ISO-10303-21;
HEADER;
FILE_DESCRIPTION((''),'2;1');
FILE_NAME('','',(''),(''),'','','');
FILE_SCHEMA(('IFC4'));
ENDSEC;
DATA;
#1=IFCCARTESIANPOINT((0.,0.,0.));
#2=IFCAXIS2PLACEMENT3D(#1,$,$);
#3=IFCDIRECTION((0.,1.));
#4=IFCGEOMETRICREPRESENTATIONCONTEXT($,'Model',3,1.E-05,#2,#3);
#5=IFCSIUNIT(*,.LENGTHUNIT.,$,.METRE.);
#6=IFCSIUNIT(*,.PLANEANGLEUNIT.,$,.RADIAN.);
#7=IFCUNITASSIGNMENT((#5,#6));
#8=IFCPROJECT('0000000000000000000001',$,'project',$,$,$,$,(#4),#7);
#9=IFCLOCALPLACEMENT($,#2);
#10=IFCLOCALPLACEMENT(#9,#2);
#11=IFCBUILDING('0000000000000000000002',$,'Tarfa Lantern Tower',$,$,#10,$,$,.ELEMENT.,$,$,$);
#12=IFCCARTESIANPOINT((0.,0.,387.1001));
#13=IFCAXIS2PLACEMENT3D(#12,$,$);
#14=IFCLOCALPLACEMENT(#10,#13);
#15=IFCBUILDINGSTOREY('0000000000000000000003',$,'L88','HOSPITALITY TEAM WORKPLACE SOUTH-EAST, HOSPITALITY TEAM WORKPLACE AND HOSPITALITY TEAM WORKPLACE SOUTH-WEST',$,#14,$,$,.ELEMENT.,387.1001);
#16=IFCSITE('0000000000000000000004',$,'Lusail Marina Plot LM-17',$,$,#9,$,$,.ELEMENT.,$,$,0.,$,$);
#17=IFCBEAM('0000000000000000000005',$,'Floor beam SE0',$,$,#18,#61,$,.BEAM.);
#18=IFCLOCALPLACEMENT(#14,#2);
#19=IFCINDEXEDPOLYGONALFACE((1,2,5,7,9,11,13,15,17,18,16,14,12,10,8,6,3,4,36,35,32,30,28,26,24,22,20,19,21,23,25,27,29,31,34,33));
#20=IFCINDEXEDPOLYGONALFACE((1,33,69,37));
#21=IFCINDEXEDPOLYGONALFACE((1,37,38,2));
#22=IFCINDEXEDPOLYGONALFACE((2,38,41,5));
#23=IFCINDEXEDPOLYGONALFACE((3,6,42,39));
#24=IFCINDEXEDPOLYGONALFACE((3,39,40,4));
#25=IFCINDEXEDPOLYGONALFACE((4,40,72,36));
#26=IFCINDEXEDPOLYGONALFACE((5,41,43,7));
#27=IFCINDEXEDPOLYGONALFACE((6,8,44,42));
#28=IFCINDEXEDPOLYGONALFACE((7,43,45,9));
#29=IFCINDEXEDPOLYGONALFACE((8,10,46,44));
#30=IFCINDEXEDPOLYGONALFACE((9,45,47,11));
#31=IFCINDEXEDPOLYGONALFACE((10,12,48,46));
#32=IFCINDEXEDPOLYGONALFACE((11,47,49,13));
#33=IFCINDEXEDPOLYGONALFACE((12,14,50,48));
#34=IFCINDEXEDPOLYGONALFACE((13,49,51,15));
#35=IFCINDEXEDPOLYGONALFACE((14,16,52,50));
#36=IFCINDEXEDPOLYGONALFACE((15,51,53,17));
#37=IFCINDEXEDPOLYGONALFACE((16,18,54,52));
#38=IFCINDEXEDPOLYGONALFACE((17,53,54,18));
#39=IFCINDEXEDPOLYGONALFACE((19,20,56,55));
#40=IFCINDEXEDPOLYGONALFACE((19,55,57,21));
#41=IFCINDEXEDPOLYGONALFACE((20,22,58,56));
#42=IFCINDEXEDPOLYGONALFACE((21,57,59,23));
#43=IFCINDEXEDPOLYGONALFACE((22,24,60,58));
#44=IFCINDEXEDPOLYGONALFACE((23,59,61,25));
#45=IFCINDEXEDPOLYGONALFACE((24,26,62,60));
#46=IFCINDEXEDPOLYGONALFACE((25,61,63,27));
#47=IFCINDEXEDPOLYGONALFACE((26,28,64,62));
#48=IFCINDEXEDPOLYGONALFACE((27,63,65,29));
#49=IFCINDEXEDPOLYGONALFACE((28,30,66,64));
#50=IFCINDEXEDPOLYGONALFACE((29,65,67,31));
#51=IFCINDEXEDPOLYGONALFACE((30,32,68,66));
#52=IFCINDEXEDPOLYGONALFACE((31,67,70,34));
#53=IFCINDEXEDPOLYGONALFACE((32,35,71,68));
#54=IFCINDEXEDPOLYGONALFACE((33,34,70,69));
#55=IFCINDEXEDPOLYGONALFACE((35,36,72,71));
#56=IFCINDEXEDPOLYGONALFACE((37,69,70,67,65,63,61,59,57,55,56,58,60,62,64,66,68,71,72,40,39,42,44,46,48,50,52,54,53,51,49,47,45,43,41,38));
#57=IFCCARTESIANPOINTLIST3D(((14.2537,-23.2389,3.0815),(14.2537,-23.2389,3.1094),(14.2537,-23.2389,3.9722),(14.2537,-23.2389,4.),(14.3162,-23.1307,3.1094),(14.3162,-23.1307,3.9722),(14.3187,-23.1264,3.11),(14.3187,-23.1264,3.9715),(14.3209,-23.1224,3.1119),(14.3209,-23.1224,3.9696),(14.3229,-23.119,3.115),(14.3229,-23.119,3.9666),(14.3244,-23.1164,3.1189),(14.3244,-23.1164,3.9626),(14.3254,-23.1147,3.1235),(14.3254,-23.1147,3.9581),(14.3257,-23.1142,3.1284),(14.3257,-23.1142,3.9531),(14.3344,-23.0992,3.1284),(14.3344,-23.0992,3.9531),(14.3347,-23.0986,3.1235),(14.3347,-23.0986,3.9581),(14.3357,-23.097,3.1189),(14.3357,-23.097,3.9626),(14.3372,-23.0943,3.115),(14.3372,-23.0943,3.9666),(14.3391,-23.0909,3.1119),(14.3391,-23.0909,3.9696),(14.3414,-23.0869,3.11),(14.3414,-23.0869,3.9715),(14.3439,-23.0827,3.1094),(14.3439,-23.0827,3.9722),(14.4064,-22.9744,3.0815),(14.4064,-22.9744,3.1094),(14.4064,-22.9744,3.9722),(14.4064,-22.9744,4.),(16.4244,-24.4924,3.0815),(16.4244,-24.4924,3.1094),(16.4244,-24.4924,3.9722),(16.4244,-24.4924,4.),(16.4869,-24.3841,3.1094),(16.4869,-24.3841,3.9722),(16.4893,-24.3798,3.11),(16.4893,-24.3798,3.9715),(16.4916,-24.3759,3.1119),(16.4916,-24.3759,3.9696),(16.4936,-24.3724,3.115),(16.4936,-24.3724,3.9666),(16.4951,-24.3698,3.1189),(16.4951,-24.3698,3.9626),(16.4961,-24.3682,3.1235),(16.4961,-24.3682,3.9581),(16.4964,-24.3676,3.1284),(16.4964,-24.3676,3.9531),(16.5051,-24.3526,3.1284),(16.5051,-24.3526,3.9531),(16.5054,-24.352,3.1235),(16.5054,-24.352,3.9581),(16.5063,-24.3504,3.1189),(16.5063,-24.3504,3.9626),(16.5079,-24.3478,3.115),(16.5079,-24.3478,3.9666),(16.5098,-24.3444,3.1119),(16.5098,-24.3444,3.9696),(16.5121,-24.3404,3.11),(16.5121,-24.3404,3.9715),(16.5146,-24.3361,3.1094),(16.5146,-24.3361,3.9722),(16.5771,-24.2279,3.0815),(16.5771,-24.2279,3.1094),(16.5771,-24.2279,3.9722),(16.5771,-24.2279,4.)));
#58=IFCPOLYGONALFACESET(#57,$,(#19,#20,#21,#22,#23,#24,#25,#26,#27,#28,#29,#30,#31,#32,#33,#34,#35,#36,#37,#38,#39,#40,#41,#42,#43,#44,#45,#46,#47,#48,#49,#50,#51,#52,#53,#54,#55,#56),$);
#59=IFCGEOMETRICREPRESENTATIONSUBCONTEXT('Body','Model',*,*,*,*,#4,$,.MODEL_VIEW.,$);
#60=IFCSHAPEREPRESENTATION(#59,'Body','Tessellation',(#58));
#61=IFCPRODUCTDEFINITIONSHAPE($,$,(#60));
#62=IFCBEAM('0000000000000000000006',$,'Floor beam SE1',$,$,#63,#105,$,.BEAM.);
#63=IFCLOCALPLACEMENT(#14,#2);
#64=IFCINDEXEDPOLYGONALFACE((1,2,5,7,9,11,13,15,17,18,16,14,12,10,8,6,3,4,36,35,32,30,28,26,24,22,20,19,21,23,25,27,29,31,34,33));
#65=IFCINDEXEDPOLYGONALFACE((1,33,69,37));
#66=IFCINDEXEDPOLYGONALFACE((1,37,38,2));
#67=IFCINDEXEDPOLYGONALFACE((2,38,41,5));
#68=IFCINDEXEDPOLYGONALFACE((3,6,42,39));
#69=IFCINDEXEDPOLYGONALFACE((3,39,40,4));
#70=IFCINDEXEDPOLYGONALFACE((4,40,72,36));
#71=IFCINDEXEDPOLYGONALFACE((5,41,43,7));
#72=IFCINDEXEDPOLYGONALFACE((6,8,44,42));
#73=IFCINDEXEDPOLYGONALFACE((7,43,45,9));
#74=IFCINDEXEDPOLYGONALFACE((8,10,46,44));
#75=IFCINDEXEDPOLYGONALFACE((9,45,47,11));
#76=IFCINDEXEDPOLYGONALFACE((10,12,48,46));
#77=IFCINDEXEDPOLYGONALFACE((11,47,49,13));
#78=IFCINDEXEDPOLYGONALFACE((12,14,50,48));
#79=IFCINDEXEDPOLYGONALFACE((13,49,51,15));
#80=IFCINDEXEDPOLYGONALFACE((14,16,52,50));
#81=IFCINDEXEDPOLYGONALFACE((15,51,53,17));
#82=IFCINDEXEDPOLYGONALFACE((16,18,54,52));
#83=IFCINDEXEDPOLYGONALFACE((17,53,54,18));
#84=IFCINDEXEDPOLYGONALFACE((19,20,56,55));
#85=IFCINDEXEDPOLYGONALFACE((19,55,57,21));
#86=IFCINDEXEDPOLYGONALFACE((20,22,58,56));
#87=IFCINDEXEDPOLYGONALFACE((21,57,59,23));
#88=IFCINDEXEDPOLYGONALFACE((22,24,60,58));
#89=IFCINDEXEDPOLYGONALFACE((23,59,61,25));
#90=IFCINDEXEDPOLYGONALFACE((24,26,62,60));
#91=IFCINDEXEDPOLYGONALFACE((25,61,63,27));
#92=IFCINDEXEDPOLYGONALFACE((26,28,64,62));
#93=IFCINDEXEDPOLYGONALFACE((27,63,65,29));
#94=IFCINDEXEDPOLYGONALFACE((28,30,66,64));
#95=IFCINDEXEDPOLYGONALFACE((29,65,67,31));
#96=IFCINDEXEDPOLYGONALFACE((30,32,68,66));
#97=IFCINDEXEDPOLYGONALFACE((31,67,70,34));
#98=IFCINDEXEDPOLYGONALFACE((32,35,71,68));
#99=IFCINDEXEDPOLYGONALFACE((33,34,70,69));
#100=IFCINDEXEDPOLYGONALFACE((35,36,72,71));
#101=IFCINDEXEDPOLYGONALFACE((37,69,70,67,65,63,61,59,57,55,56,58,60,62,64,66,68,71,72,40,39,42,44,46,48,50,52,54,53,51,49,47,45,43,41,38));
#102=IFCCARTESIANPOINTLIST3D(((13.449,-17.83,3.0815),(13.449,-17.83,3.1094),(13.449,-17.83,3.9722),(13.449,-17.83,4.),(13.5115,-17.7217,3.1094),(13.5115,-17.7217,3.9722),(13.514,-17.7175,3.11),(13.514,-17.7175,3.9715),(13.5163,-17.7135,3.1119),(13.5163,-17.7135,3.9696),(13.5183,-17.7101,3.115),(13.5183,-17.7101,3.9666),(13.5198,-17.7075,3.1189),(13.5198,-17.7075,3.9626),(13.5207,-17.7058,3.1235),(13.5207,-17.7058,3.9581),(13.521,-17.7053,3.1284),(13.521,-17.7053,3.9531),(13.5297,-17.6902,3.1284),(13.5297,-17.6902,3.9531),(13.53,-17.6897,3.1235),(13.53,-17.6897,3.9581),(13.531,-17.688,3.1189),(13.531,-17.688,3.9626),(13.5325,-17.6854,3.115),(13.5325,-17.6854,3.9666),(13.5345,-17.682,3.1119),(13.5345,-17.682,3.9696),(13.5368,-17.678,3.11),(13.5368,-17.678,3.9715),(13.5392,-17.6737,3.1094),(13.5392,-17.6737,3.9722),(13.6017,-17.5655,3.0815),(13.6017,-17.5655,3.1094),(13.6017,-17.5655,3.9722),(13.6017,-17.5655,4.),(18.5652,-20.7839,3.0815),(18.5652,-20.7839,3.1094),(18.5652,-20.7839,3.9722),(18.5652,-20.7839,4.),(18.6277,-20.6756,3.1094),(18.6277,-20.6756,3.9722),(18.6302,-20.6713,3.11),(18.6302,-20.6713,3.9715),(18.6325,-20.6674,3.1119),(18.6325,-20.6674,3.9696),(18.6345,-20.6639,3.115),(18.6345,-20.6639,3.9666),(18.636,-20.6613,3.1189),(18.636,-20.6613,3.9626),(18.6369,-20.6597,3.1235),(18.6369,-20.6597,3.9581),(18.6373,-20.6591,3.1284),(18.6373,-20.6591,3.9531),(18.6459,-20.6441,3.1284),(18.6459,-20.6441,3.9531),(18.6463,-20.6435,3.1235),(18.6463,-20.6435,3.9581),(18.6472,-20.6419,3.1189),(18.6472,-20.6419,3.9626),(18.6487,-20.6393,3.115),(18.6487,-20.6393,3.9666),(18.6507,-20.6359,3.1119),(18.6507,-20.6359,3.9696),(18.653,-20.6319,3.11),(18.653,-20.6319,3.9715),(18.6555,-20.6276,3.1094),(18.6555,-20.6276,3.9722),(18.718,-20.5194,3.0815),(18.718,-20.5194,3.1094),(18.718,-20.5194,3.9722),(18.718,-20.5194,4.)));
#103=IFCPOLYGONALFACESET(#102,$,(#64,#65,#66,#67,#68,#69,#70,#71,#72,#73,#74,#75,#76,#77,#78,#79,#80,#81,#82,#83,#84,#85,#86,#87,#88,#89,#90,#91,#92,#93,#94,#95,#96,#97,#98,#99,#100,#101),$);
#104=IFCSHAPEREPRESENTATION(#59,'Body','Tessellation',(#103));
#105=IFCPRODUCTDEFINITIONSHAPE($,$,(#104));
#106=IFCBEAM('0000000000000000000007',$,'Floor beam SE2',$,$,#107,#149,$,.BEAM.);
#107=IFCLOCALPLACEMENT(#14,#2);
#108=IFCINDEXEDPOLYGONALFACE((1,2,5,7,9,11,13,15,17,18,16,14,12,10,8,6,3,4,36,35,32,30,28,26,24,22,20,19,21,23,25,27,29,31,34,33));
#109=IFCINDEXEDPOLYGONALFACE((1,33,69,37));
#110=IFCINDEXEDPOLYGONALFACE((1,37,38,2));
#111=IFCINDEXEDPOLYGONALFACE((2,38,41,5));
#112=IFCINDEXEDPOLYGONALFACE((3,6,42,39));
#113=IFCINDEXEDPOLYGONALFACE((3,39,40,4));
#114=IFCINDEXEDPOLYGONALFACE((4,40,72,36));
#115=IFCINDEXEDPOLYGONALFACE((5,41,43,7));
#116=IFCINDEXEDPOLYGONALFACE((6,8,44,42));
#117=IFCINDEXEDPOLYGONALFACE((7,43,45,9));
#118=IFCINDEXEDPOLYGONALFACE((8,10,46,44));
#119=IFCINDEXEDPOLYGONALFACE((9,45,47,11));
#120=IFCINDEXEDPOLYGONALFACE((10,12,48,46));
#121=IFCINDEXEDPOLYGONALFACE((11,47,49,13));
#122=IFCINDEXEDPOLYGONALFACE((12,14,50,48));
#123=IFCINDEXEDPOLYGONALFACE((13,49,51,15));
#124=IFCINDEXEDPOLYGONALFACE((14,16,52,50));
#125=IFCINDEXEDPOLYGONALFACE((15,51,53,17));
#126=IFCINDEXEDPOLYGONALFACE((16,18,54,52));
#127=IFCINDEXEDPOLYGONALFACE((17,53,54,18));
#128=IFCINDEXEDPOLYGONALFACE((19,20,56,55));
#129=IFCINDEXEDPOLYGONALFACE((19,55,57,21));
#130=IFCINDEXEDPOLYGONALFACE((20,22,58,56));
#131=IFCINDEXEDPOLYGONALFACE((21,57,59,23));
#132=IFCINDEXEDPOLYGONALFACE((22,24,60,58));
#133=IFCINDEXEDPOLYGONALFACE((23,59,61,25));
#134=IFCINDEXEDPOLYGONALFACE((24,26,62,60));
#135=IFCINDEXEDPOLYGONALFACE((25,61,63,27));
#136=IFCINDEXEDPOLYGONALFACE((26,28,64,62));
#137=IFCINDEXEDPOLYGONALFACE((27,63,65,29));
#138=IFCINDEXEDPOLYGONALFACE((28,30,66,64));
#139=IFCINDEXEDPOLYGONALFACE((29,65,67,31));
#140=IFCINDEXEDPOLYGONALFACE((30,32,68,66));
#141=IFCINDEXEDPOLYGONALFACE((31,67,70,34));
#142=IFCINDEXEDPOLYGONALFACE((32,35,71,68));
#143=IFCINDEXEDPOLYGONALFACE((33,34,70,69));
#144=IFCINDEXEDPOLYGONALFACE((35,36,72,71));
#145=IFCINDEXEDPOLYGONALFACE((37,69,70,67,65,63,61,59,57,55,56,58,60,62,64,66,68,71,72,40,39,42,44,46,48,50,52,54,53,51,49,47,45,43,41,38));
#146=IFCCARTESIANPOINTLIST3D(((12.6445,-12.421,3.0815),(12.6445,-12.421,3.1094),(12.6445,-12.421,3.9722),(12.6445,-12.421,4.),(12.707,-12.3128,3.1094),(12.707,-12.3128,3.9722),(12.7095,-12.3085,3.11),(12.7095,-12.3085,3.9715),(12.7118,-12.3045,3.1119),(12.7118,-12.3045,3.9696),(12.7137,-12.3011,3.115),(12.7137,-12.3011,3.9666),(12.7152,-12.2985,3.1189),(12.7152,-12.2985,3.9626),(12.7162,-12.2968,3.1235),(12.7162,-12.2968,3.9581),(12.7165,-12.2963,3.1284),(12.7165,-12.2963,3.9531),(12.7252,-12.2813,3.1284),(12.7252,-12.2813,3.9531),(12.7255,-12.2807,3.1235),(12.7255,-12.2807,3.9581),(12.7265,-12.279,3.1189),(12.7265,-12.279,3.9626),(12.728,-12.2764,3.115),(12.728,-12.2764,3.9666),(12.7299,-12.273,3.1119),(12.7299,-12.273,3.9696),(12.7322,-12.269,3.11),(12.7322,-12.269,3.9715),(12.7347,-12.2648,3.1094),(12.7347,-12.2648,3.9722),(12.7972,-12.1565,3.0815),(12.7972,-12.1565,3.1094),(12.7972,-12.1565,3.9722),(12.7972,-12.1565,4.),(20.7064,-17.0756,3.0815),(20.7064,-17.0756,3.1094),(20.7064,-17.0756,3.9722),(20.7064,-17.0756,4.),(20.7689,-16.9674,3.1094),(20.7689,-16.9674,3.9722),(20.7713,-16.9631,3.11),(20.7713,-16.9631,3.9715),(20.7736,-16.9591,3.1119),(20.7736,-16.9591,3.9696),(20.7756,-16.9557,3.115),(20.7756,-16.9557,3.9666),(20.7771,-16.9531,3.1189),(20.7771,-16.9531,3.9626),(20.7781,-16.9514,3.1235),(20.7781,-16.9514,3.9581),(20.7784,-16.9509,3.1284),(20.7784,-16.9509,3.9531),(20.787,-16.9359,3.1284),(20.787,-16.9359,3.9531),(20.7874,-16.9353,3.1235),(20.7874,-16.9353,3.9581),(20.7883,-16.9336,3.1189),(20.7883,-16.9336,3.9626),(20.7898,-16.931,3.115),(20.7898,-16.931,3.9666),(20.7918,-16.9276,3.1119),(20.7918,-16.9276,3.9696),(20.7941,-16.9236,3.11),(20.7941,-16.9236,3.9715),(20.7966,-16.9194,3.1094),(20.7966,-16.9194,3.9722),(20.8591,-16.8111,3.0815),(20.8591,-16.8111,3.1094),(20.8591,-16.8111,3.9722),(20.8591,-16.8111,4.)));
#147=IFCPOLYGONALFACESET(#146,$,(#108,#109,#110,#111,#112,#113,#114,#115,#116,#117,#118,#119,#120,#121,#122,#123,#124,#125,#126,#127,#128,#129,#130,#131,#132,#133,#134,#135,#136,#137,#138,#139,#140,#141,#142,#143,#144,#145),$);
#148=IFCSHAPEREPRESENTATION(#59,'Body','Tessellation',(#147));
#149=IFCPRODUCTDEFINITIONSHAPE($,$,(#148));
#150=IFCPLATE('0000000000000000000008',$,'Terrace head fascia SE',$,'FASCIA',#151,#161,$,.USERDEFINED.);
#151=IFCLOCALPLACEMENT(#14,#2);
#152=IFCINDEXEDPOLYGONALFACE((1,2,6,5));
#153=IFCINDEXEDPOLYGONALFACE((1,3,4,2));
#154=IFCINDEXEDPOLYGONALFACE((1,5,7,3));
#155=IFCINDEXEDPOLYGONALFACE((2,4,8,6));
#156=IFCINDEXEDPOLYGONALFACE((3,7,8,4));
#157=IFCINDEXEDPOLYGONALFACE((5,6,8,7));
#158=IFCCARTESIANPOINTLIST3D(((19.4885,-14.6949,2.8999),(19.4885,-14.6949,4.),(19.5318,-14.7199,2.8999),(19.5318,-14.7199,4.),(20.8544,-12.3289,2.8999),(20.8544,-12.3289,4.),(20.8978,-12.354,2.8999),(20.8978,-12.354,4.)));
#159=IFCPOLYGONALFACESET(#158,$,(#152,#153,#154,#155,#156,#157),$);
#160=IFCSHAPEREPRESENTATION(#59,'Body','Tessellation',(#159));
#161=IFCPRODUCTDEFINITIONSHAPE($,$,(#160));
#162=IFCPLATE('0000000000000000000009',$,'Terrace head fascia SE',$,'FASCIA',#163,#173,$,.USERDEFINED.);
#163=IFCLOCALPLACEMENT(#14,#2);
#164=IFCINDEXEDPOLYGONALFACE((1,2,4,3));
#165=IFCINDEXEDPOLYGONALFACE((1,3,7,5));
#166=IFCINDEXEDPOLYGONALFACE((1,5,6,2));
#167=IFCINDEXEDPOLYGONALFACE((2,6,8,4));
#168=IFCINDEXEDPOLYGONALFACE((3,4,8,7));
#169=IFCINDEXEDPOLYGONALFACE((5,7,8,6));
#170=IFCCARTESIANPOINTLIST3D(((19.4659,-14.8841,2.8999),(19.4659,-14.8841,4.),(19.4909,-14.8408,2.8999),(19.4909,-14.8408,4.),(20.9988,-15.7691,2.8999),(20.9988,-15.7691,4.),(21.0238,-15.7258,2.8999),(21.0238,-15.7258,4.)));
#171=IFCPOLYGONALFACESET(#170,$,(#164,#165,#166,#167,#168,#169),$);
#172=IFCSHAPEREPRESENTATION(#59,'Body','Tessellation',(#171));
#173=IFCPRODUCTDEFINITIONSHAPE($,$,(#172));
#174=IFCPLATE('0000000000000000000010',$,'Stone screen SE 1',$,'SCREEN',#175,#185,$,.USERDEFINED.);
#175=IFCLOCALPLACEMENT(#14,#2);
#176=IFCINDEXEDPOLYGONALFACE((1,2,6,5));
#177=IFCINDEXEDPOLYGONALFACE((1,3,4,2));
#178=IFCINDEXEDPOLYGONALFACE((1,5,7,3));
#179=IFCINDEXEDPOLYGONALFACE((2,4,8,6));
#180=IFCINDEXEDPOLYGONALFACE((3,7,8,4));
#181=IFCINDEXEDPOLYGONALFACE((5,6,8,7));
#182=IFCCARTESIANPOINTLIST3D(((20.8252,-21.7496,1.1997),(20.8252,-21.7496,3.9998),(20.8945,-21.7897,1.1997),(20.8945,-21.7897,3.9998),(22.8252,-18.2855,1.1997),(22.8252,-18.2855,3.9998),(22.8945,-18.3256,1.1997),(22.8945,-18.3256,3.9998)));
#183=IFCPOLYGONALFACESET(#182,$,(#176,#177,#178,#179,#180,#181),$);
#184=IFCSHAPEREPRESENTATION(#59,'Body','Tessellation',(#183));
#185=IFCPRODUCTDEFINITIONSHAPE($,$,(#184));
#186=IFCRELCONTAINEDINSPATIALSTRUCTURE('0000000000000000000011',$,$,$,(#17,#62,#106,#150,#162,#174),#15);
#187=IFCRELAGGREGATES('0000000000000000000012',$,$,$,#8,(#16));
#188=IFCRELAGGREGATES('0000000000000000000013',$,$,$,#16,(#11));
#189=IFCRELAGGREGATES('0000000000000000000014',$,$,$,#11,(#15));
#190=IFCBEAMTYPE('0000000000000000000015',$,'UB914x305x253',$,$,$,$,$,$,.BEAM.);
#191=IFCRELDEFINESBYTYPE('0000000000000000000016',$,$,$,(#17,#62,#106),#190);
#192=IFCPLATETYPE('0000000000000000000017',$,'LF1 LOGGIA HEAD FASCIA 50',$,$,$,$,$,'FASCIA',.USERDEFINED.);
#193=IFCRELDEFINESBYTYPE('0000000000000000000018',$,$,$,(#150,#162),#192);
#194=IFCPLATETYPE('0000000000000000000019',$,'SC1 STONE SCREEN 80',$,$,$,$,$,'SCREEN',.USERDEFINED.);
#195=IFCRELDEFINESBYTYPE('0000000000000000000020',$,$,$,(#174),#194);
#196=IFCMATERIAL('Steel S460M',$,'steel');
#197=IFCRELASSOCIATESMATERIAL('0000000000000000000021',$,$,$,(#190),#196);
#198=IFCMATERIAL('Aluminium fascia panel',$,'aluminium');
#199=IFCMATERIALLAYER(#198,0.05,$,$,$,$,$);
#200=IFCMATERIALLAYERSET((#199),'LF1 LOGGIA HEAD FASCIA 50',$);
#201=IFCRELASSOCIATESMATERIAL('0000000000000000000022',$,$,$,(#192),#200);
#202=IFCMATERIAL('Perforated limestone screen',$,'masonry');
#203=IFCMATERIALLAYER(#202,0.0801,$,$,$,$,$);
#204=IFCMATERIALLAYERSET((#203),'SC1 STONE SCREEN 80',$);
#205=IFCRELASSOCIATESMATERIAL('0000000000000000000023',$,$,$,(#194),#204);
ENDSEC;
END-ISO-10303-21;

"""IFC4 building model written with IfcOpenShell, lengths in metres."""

from ifc_helpers import new_model, si_unit, direction, frame, origin, origin_2d, place, context, subcontext, project, spatial, rectangle, i_section, extrude, material, layer, layer_set, material_profile, profile_set, type_object, element, save


model = new_model("IFC4")

# Units and contexts
model_context = context("Model", 3, precision=1e-05, world=origin(), true_north=direction((0.0, 1.0)))
body_context = subcontext(model_context, "Body", "Model", "MODEL_VIEW")
ifc_project = project(units=[si_unit("LENGTHUNIT", "METRE"), si_unit("PLANEANGLEUNIT", "RADIAN")], contexts=[model_context])

# Site, building, storey
site_placement = place(None, origin())
site = spatial("IfcSite", under=ifc_project, at=site_placement, Name="Lusail Marina Plot LM-17", CompositionType="ELEMENT", RefElevation=0.0)
building_placement = place(site_placement, origin())
building = spatial("IfcBuilding", under=site, at=building_placement, Name="Tarfa Lantern Tower", CompositionType="ELEMENT")
storey_placement = place(building_placement, frame((0.0, 0.0, 387.1001)))
storey = spatial("IfcBuildingStorey", under=building, at=storey_placement, Name="L88", Description="HOSPITALITY TEAM WORKPLACE SOUTH-EAST, HOSPITALITY TEAM WORKPLACE AND HOSPITALITY TEAM WORKPLACE SOUTH-WEST", CompositionType="ELEMENT", Elevation=387.1001)

# Beams
ifc_material_1 = material(Name="Steel S460M", Category="steel")
ifc_material_profile_1 = material_profile(ifc_material_1, i_section(OverallWidth=0.3054, OverallDepth=0.9185, WebThickness=0.0173, FlangeThickness=0.0278, FilletRadius=0.019, at=origin_2d()), Name="UB914x305x253")
ifc_profile_set_1 = profile_set([ifc_material_profile_1], Name="Steel S460M")
beam_type_1 = type_object("IfcBeamType", Name="UB914x305x253", PredefinedType="BEAM", material=ifc_profile_set_1)
beam_1_placement = place(storey_placement, frame((16.5007, -24.3601, 3.5408), z_axis=(-0.865993, 0.500057, 0.0), x_axis=(-0.500057, -0.865993, 0.0)))
element("IfcBeam", 1, at=beam_1_placement, inside=storey, type_object=beam_type_1, Name="Floor beam SE0", PredefinedType="BEAM", context=body_context, shape_type="SweptSolid", body=[
    extrude(i_section(OverallWidth=0.3054, OverallDepth=0.9185, WebThickness=0.0173, FlangeThickness=0.0278, FilletRadius=0.019, at=origin_2d()), origin(), (0.0, 0.0, 1.0), 2.5066),
])
beam_2_placement = place(storey_placement, frame((18.6416, -20.6516, 3.5408), z_axis=(-0.866025, 0.500001, 0.0), x_axis=(-0.500001, -0.866025, 0.0)))
element("IfcBeam", 2, at=beam_2_placement, inside=storey, type_object=beam_type_1, Name="Floor beam SE1", PredefinedType="BEAM", context=body_context, shape_type="SweptSolid", body=[
    extrude(i_section(OverallWidth=0.3054, OverallDepth=0.9185, WebThickness=0.0173, FlangeThickness=0.0278, FilletRadius=0.019, at=origin_2d()), origin(), (0.0, 0.0, 1.0), 5.9077),
])
beam_3_placement = place(storey_placement, frame((20.7827, -16.9434, 3.5408), z_axis=(-0.866022, 0.500006, 0.0), x_axis=(-0.500006, -0.866022, 0.0)))
element("IfcBeam", 3, at=beam_3_placement, inside=storey, type_object=beam_type_1, Name="Floor beam SE2", PredefinedType="BEAM", context=body_context, shape_type="SweptSolid", body=[
    extrude(i_section(OverallWidth=0.3054, OverallDepth=0.9185, WebThickness=0.0173, FlangeThickness=0.0278, FilletRadius=0.019, at=origin_2d()), origin(), (0.0, 0.0, 1.0), 9.3091),
])

# Plates
ifc_material_2 = material(Name="Aluminium fascia panel", Category="aluminium")
ifc_layer_1 = layer(ifc_material_2, 0.05)
ifc_layer_set_1 = layer_set([ifc_layer_1], Name="LF1 LOGGIA HEAD FASCIA 50")
plate_type_1 = type_object("IfcPlateType", Name="LF1 LOGGIA HEAD FASCIA 50", ElementType="FASCIA", PredefinedType="USERDEFINED", material=ifc_layer_set_1)
plate_1_placement = place(storey_placement, frame((20.1931, -13.5244, 2.8999), z_axis=(0.0, 0.0, 1.0), x_axis=(0.5, 0.866025, 0.0)))
element("IfcPlate", 4, at=plate_1_placement, inside=storey, type_object=plate_type_1, Name="Terrace head fascia SE", ObjectType="FASCIA", PredefinedType="USERDEFINED", context=body_context, shape_type="SweptSolid", body=[
    extrude(rectangle(XDim=2.7319, YDim=0.05, at=origin_2d()), origin(), (0.0, 0.0, 1.0), 1.1001),
])
plate_2_placement = place(storey_placement, frame((20.2449, -15.3049, 2.8999), z_axis=(0.0, 0.0, 1.0), x_axis=(-0.866025, 0.5, 0.0)))
element("IfcPlate", 5, at=plate_2_placement, inside=storey, type_object=plate_type_1, Name="Terrace head fascia SE", ObjectType="FASCIA", PredefinedType="USERDEFINED", context=body_context, shape_type="SweptSolid", body=[
    extrude(rectangle(XDim=1.77, YDim=0.05, at=origin_2d()), origin(), (0.0, 0.0, 1.0), 1.1001),
])
ifc_material_3 = material(Name="Perforated limestone screen", Category="masonry")
ifc_layer_2 = layer(ifc_material_3, 0.0801)
ifc_layer_set_2 = layer_set([ifc_layer_2], Name="SC1 STONE SCREEN 80")
plate_type_2 = type_object("IfcPlateType", Name="SC1 STONE SCREEN 80", ElementType="SCREEN", PredefinedType="USERDEFINED", material=ifc_layer_set_2)
plate_3_placement = place(storey_placement, frame((21.8599, -20.0376, 1.1997), z_axis=(0.0, 0.0, 1.0), x_axis=(0.5, 0.866025, 0.0)))
element("IfcPlate", 6, at=plate_3_placement, inside=storey, type_object=plate_type_2, Name="Stone screen SE 1", ObjectType="SCREEN", PredefinedType="USERDEFINED", context=body_context, shape_type="SweptSolid", body=[
    extrude(rectangle(XDim=4.0, YDim=0.0801, at=origin_2d()), origin(), (0.0, 0.0, 1.0), 2.8),
])

save(model, "model.ifc")
